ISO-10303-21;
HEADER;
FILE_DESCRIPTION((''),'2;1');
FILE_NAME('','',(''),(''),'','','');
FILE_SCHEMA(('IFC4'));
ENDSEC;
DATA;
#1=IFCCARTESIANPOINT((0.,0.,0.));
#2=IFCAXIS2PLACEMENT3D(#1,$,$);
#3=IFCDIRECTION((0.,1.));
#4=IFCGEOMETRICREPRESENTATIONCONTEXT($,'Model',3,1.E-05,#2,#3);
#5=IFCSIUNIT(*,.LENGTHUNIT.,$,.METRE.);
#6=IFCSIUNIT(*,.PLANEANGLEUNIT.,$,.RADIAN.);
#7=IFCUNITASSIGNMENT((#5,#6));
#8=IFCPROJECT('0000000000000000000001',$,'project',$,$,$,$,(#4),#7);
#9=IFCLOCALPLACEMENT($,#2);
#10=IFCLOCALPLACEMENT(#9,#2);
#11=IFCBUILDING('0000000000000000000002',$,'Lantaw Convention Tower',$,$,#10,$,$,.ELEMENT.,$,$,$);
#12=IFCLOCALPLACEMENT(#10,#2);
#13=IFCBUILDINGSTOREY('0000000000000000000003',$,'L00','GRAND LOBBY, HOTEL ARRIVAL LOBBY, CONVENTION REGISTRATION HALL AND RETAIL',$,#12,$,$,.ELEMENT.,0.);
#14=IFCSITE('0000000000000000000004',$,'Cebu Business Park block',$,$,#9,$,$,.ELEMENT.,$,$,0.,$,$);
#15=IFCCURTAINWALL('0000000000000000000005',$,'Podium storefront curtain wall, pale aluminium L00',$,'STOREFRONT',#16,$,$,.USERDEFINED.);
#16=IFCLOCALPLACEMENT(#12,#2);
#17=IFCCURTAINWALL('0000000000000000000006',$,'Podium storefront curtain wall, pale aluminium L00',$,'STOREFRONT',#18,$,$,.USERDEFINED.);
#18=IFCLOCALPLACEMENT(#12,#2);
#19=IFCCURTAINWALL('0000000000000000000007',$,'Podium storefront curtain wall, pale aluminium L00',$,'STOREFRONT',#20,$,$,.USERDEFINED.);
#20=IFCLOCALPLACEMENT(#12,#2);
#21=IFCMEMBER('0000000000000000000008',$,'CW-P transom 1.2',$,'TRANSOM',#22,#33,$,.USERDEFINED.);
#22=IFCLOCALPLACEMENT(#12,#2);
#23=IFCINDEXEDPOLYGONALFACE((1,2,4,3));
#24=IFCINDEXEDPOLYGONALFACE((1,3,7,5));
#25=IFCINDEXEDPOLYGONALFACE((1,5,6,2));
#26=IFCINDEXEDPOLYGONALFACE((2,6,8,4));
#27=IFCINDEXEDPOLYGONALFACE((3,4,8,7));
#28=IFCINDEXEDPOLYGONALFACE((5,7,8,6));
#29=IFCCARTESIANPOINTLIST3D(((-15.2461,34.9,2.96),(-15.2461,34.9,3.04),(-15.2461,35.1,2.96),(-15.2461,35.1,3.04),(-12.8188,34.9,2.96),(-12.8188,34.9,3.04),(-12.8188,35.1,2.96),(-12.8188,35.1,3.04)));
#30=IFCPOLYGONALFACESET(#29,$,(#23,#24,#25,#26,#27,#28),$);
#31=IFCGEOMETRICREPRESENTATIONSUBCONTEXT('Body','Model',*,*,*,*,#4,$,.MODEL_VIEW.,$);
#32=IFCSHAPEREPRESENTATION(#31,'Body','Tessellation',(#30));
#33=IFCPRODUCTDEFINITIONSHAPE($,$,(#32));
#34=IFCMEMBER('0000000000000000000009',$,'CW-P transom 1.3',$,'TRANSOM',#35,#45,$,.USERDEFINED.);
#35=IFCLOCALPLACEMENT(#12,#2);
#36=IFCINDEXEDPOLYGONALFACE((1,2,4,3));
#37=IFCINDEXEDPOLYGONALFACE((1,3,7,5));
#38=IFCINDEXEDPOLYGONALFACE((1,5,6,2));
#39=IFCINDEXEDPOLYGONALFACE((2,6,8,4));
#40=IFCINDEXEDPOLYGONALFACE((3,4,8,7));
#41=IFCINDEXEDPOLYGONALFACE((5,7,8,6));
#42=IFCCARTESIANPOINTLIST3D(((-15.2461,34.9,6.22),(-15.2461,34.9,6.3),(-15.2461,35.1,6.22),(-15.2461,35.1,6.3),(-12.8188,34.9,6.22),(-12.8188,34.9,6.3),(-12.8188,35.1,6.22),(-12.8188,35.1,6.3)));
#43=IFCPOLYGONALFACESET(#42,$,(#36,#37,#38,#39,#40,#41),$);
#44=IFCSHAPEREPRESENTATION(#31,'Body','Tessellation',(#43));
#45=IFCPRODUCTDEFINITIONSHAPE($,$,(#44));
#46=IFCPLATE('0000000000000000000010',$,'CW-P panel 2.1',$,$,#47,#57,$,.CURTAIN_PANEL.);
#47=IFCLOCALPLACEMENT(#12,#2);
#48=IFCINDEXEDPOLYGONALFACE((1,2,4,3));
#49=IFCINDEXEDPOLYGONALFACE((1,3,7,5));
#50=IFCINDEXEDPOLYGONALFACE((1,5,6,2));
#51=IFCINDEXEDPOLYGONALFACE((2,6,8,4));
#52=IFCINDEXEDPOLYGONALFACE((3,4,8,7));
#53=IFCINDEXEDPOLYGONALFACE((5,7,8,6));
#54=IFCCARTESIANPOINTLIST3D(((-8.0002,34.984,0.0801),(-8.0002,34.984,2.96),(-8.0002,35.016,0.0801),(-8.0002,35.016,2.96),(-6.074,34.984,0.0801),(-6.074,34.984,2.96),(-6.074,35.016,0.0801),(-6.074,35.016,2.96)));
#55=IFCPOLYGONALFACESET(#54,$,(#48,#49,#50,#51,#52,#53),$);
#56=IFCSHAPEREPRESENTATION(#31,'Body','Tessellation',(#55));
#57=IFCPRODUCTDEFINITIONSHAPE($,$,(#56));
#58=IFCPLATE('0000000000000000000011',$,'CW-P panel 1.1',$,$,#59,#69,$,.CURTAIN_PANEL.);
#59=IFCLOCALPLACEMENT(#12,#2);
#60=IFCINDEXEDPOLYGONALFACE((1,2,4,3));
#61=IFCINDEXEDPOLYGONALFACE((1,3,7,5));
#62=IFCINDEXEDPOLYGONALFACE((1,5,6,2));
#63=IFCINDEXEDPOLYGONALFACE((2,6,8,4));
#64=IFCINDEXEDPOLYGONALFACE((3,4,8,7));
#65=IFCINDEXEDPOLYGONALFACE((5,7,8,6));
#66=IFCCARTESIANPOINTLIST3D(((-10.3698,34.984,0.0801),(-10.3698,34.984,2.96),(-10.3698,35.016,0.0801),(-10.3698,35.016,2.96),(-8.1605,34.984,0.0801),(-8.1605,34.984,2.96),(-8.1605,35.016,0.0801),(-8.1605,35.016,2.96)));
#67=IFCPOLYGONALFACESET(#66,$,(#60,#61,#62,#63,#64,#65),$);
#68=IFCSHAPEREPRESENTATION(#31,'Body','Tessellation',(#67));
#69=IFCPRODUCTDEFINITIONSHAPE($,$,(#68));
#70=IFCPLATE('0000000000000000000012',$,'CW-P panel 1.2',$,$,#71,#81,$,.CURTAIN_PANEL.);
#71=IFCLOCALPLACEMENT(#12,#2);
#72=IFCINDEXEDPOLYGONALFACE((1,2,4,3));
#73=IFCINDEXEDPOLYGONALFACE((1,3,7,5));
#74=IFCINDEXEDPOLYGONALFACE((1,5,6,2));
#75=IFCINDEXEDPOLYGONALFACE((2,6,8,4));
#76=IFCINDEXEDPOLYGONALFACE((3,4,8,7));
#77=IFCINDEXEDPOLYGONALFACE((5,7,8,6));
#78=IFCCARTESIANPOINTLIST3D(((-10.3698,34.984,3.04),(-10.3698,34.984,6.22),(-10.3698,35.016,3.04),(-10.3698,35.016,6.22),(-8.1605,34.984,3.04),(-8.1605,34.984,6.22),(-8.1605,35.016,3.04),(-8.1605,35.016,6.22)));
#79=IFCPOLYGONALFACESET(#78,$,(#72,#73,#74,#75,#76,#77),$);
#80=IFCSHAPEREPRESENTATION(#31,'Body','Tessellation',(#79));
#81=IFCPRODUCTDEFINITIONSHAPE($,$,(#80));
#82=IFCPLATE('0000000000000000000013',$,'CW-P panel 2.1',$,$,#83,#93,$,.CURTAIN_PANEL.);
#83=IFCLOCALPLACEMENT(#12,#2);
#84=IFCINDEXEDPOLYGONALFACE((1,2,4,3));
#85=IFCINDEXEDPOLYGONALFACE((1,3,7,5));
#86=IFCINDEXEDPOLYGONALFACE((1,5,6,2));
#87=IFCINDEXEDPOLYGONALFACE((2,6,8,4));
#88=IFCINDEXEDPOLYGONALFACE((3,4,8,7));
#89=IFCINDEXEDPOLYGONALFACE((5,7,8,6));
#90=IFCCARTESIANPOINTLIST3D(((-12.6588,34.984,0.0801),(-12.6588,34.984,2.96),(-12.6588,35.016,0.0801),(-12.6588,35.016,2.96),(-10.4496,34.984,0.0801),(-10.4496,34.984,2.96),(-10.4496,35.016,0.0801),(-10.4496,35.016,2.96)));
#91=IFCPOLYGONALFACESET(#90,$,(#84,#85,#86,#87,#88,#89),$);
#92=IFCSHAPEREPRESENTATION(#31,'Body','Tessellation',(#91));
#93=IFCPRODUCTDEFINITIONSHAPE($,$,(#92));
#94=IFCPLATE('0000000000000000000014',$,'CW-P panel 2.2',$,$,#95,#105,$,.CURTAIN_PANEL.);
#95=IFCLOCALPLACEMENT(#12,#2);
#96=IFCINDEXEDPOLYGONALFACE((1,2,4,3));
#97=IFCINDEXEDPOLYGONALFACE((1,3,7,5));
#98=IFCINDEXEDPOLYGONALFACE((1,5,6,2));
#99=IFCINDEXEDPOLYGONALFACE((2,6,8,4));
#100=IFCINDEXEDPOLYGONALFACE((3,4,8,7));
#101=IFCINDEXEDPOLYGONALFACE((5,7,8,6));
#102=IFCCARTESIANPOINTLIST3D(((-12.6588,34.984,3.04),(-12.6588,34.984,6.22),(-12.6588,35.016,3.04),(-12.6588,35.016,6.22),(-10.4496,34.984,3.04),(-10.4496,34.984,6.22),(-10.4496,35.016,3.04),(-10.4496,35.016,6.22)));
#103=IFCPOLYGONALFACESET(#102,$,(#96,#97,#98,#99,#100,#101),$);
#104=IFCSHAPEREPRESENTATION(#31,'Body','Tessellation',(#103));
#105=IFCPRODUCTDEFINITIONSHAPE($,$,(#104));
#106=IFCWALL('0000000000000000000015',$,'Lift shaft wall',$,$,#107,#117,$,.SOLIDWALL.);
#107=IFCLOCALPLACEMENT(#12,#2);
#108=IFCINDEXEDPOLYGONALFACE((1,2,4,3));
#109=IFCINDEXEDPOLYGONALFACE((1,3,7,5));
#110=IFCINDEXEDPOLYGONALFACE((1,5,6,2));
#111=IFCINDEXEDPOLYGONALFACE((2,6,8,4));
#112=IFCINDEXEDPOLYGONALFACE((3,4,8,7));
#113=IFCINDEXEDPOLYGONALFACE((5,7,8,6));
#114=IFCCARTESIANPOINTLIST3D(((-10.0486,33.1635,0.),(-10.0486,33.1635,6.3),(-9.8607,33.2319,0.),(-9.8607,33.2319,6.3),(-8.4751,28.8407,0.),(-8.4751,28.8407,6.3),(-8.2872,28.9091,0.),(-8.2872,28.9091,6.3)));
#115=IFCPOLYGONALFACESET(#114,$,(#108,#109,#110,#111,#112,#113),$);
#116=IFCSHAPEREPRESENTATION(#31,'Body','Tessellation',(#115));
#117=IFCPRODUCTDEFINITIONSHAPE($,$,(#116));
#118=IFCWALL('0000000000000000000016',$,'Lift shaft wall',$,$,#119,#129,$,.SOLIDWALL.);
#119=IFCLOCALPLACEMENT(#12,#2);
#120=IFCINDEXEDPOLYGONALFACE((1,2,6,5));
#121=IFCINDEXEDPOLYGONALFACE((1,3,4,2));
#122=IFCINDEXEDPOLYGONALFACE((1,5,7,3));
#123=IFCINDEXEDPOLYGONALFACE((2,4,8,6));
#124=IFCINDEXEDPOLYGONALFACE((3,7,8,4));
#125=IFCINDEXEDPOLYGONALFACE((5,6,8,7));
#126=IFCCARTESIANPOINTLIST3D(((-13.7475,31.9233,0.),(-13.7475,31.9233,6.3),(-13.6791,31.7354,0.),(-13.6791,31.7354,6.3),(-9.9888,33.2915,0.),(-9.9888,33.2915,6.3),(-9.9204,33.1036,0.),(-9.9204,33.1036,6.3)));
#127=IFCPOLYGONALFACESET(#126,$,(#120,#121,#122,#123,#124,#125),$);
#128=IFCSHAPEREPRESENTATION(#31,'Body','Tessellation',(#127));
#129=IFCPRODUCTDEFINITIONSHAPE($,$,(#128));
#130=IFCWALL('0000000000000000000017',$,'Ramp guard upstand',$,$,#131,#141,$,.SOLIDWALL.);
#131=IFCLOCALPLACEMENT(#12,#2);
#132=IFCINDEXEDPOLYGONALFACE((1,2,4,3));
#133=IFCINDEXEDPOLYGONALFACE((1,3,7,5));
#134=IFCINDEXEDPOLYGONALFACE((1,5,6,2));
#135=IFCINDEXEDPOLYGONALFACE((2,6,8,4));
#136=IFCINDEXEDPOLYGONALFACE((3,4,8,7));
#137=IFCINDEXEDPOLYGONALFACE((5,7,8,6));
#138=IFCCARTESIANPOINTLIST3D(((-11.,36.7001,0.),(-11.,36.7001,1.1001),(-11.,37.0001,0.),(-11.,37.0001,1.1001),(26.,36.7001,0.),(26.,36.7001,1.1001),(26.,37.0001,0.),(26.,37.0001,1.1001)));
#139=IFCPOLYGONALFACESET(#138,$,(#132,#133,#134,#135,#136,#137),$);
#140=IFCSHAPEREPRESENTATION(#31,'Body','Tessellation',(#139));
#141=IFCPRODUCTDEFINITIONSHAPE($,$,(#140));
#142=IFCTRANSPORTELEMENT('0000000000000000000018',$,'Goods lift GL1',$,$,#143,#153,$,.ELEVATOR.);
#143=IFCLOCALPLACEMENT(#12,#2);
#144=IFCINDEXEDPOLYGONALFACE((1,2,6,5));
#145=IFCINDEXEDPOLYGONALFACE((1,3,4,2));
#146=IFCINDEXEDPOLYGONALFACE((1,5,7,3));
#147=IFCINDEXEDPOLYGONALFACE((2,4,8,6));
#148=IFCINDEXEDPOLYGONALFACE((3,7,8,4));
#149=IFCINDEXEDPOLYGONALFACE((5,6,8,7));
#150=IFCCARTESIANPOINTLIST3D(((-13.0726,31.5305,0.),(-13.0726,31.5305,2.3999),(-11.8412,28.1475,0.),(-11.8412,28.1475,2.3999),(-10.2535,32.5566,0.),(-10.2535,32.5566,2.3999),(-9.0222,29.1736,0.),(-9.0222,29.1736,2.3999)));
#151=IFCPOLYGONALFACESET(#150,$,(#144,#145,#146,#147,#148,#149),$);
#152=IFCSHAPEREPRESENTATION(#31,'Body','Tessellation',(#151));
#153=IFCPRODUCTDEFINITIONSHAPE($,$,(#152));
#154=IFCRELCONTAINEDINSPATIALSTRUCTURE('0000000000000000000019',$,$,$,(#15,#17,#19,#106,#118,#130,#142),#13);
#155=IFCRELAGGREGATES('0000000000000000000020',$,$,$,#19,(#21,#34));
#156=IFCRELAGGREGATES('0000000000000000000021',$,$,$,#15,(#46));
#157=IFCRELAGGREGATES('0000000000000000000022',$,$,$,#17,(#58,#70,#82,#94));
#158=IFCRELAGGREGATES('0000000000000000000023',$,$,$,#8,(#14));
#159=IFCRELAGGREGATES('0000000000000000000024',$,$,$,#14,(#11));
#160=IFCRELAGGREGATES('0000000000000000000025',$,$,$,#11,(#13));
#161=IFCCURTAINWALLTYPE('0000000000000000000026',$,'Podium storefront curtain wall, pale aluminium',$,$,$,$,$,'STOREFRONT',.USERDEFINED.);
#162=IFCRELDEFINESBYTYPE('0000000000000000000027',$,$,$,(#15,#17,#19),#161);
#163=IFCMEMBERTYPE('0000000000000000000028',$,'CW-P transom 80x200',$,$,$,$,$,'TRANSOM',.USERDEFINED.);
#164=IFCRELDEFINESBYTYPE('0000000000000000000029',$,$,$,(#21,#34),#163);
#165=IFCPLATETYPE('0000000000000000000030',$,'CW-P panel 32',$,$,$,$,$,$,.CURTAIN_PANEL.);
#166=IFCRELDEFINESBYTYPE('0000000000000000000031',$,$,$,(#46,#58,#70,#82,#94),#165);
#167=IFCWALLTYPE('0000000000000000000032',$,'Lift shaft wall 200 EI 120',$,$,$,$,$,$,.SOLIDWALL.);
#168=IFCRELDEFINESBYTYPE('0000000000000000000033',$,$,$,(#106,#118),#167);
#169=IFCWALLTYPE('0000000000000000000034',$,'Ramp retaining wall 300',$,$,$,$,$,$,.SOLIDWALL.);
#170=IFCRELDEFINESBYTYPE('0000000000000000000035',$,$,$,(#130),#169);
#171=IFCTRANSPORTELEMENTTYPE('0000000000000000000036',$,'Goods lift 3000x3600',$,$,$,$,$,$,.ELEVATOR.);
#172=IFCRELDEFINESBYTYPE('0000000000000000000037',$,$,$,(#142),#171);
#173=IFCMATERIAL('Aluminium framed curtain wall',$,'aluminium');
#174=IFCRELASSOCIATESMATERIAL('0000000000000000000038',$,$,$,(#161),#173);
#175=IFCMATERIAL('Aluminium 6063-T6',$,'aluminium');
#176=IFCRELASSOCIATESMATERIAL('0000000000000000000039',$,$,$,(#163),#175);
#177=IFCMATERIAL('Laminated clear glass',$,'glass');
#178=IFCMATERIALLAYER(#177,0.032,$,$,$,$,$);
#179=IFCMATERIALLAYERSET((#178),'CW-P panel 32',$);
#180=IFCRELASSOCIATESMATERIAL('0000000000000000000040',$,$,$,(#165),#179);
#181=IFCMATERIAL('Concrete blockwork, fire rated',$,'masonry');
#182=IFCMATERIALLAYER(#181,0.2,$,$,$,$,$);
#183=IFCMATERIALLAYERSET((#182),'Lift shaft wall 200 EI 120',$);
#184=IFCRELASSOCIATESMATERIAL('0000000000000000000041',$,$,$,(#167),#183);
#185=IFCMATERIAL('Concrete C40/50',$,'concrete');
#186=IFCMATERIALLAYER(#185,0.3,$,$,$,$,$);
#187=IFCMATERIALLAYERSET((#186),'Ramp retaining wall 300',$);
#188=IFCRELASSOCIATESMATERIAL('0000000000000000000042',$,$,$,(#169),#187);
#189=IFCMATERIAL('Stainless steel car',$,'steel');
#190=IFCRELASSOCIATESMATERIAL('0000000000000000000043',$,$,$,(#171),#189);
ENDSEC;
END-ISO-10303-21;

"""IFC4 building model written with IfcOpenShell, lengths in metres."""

from ifc_helpers import new_model, si_unit, direction, frame, frame_2d, origin, origin_2d, place, context, subcontext, project, spatial, rectangle, extrude, material, layer, layer_set, material_profile, profile_set, type_object, element, aggregate, save


model = new_model("IFC4")

# Units and contexts
model_context = context("Model", 3, precision=1e-05, world=origin(), true_north=direction((0.0, 1.0)))
body_context = subcontext(model_context, "Body", "Model", "MODEL_VIEW")
ifc_project = project(units=[si_unit("LENGTHUNIT", "METRE"), si_unit("PLANEANGLEUNIT", "RADIAN")], contexts=[model_context])

# Site, building, storey
site_placement = place(None, origin())
site = spatial("IfcSite", under=ifc_project, at=site_placement, Name="Cebu Business Park block", CompositionType="ELEMENT", RefElevation=0.0)
building_placement = place(site_placement, origin())
building = spatial("IfcBuilding", under=site, at=building_placement, Name="Lantaw Convention Tower", CompositionType="ELEMENT")
storey_placement = place(building_placement, origin())
storey = spatial("IfcBuildingStorey", under=building, at=storey_placement, Name="L00", Description="GRAND LOBBY, HOTEL ARRIVAL LOBBY, CONVENTION REGISTRATION HALL AND RETAIL", CompositionType="ELEMENT", Elevation=0.0)

# Curtain wall
ifc_material_1 = material(Name="Aluminium framed curtain wall", Category="aluminium")
curtain_wall_type = type_object("IfcCurtainWallType", Name="Podium storefront curtain wall, pale aluminium", ElementType="STOREFRONT", PredefinedType="USERDEFINED", material=ifc_material_1)
curtain_wall_1_placement = place(storey_placement, origin())
curtain_wall_1 = element("IfcCurtainWall", 1, at=curtain_wall_1_placement, inside=storey, type_object=curtain_wall_type, Name="Podium storefront curtain wall, pale aluminium L00", ObjectType="STOREFRONT", PredefinedType="USERDEFINED")
ifc_material_2 = material(Name="Aluminium 6063-T6", Category="aluminium")

# Curtain wall
curtain_wall_2_placement = place(storey_placement, origin())
curtain_wall_2 = element("IfcCurtainWall", 2, at=curtain_wall_2_placement, inside=storey, type_object=curtain_wall_type, Name="Podium storefront curtain wall, pale aluminium L00", ObjectType="STOREFRONT", PredefinedType="USERDEFINED")

# Curtain wall
curtain_wall_3_placement = place(storey_placement, origin())
curtain_wall_3 = element("IfcCurtainWall", 3, at=curtain_wall_3_placement, inside=storey, type_object=curtain_wall_type, Name="Podium storefront curtain wall, pale aluminium L00", ObjectType="STOREFRONT", PredefinedType="USERDEFINED")

# Members
ifc_material_profile_1 = material_profile(ifc_material_2, rectangle(XDim=0.2, YDim=0.0801, at=origin_2d()), Name="CW-P transom 80x200")
ifc_profile_set_1 = profile_set([ifc_material_profile_1], Name="Aluminium 6063-T6")
member_type_1 = type_object("IfcMemberType", Name="CW-P transom 80x200", ElementType="TRANSOM", PredefinedType="USERDEFINED", material=ifc_profile_set_1)
member_1_placement = place(storey_placement, frame((-12.8188, 35.0, 3.0), z_axis=(-1.0, 0.0, 0.0), x_axis=(0.0, -1.0, 0.0)))
member_1 = element("IfcMember", 4, at=member_1_placement, type_object=member_type_1, Name="CW-P transom 1.2", ObjectType="TRANSOM", PredefinedType="USERDEFINED", context=body_context, shape_type="SweptSolid", body=[
    extrude(rectangle(XDim=0.2, YDim=0.0801, at=origin_2d()), origin(), (0.0, 0.0, 1.0), 2.4272),
])
member_2_placement = place(storey_placement, frame((-12.8188, 35.0, 6.26), z_axis=(-1.0, 0.0, 0.0), x_axis=(0.0, -1.0, 0.0)))
member_2 = element("IfcMember", 5, at=member_2_placement, type_object=member_type_1, Name="CW-P transom 1.3", ObjectType="TRANSOM", PredefinedType="USERDEFINED", context=body_context, shape_type="SweptSolid", body=[
    extrude(rectangle(XDim=0.2, YDim=0.0801, at=origin_2d()), origin(), (0.0, 0.0, 1.0), 2.4272),
])
aggregate(curtain_wall_3, [member_1, member_2])

# Plates
ifc_material_3 = material(Name="Laminated clear glass", Category="glass")
ifc_layer_1 = layer(ifc_material_3, 0.032)
ifc_layer_set_1 = layer_set([ifc_layer_1], Name="CW-P panel 32")
plate_type = type_object("IfcPlateType", Name="CW-P panel 32", PredefinedType="CURTAIN_PANEL", material=ifc_layer_set_1)
plate_1_placement = place(storey_placement, frame((-7.0371, 35.0, 0.0801), z_axis=(0.0, 0.0, 1.0), x_axis=(-1.0, 0.0, 0.0)))
plate_1 = element("IfcPlate", 6, at=plate_1_placement, type_object=plate_type, Name="CW-P panel 2.1", PredefinedType="CURTAIN_PANEL", context=body_context, shape_type="SweptSolid", body=[
    extrude(rectangle(XDim=1.9263, YDim=0.032, at=origin_2d()), origin(), (0.0, 0.0, 1.0), 2.8799),
])
aggregate(curtain_wall_1, [plate_1])
plate_2_placement = place(storey_placement, frame((-9.2651, 35.0, 0.0801), z_axis=(0.0, 0.0, 1.0), x_axis=(-1.0, 0.0, 0.0)))
plate_2 = element("IfcPlate", 7, at=plate_2_placement, type_object=plate_type, Name="CW-P panel 1.1", PredefinedType="CURTAIN_PANEL", context=body_context, shape_type="SweptSolid", body=[
    extrude(rectangle(XDim=2.2092, YDim=0.032, at=origin_2d()), origin(), (0.0, 0.0, 1.0), 2.8799),
])
plate_3_placement = place(storey_placement, frame((-9.2651, 35.0, 3.04), z_axis=(0.0, 0.0, 1.0), x_axis=(-1.0, 0.0, 0.0)))
plate_3 = element("IfcPlate", 8, at=plate_3_placement, type_object=plate_type, Name="CW-P panel 1.2", PredefinedType="CURTAIN_PANEL", context=body_context, shape_type="SweptSolid", body=[
    extrude(rectangle(XDim=2.2092, YDim=0.032, at=origin_2d()), origin(), (0.0, 0.0, 1.0), 3.1799),
])
plate_4_placement = place(storey_placement, frame((-11.5542, 35.0, 0.0801), z_axis=(0.0, 0.0, 1.0), x_axis=(-1.0, 0.0, 0.0)))
plate_4 = element("IfcPlate", 9, at=plate_4_placement, type_object=plate_type, Name="CW-P panel 2.1", PredefinedType="CURTAIN_PANEL", context=body_context, shape_type="SweptSolid", body=[
    extrude(rectangle(XDim=2.2092, YDim=0.032, at=origin_2d()), origin(), (0.0, 0.0, 1.0), 2.8799),
])
plate_5_placement = place(storey_placement, frame((-11.5542, 35.0, 3.04), z_axis=(0.0, 0.0, 1.0), x_axis=(-1.0, 0.0, 0.0)))
plate_5 = element("IfcPlate", 10, at=plate_5_placement, type_object=plate_type, Name="CW-P panel 2.2", PredefinedType="CURTAIN_PANEL", context=body_context, shape_type="SweptSolid", body=[
    extrude(rectangle(XDim=2.2092, YDim=0.032, at=origin_2d()), origin(), (0.0, 0.0, 1.0), 3.1799),
])
aggregate(curtain_wall_2, [plate_2, plate_3, plate_4, plate_5])

# Walls
ifc_material_4 = material(Name="Concrete blockwork, fire rated", Category="masonry")
ifc_layer_2 = layer(ifc_material_4, 0.2)
ifc_layer_set_2 = layer_set([ifc_layer_2], Name="Lift shaft wall 200 EI 120")
wall_type_1 = type_object("IfcWallType", Name="Lift shaft wall 200 EI 120", PredefinedType="SOLIDWALL", material=ifc_layer_set_2)
wall_1_placement = place(storey_placement, frame((-8.3811, 28.8748, 0.0), z_axis=(0.0, 0.0, 1.0), x_axis=(-0.342046, 0.939683, 0.0)))
element("IfcWall", 11, at=wall_1_placement, inside=storey, type_object=wall_type_1, Name="Lift shaft wall", PredefinedType="SOLIDWALL", context=body_context, shape_type="SweptSolid", body=[
    extrude(rectangle(XDim=4.6003, YDim=0.2, at=frame_2d((2.3003, 0.0))), origin(), (0.0, 0.0, 1.0), 6.3),
])
wall_2_placement = place(storey_placement, frame((-9.9546, 33.1975, 0.0), z_axis=(0.0, 0.0, 1.0), x_axis=(-0.939686, -0.342037, 0.0)))
element("IfcWall", 12, at=wall_2_placement, inside=storey, type_object=wall_type_1, Name="Lift shaft wall", PredefinedType="SOLIDWALL", context=body_context, shape_type="SweptSolid", body=[
    extrude(rectangle(XDim=4.0, YDim=0.2, at=frame_2d((2.0, 0.0))), origin(), (0.0, 0.0, 1.0), 6.3),
])
ifc_material_5 = material(Name="Concrete C40/50", Category="concrete")
ifc_layer_3 = layer(ifc_material_5, 0.3)
ifc_layer_set_3 = layer_set([ifc_layer_3], Name="Ramp retaining wall 300")
wall_type_2 = type_object("IfcWallType", Name="Ramp retaining wall 300", PredefinedType="SOLIDWALL", material=ifc_layer_set_3)
wall_3_placement = place(storey_placement, frame((-11.0, 36.8501, 0.0), z_axis=(0.0, 0.0, 1.0), x_axis=(1.0, 0.0, 0.0)))
element("IfcWall", 13, at=wall_3_placement, inside=storey, type_object=wall_type_2, Name="Ramp guard upstand", PredefinedType="SOLIDWALL", context=body_context, shape_type="SweptSolid", body=[
    extrude(rectangle(XDim=37.0, YDim=0.3, at=frame_2d((18.5, 0.0))), origin(), (0.0, 0.0, 1.0), 1.1001),
])

# Transport element
ifc_material_6 = material(Name="Stainless steel car", Category="steel")
transport_element_type = type_object("IfcTransportElementType", Name="Goods lift 3000x3600", PredefinedType="ELEVATOR", material=ifc_material_6)
transport_element_placement = place(storey_placement, frame((-11.0474, 30.3521, 0.0), z_axis=(0.0, 0.0, 1.0), x_axis=(-0.34202, 0.939693, 0.0)))
element("IfcTransportElement", 14, at=transport_element_placement, inside=storey, type_object=transport_element_type, Name="Goods lift GL1", PredefinedType="ELEVATOR", context=body_context, shape_type="SweptSolid", body=[
    extrude(rectangle(XDim=3.6001, YDim=3.0, at=origin_2d()), origin(), (0.0, 0.0, 1.0), 2.3999),
])

save(model, "model.ifc")
